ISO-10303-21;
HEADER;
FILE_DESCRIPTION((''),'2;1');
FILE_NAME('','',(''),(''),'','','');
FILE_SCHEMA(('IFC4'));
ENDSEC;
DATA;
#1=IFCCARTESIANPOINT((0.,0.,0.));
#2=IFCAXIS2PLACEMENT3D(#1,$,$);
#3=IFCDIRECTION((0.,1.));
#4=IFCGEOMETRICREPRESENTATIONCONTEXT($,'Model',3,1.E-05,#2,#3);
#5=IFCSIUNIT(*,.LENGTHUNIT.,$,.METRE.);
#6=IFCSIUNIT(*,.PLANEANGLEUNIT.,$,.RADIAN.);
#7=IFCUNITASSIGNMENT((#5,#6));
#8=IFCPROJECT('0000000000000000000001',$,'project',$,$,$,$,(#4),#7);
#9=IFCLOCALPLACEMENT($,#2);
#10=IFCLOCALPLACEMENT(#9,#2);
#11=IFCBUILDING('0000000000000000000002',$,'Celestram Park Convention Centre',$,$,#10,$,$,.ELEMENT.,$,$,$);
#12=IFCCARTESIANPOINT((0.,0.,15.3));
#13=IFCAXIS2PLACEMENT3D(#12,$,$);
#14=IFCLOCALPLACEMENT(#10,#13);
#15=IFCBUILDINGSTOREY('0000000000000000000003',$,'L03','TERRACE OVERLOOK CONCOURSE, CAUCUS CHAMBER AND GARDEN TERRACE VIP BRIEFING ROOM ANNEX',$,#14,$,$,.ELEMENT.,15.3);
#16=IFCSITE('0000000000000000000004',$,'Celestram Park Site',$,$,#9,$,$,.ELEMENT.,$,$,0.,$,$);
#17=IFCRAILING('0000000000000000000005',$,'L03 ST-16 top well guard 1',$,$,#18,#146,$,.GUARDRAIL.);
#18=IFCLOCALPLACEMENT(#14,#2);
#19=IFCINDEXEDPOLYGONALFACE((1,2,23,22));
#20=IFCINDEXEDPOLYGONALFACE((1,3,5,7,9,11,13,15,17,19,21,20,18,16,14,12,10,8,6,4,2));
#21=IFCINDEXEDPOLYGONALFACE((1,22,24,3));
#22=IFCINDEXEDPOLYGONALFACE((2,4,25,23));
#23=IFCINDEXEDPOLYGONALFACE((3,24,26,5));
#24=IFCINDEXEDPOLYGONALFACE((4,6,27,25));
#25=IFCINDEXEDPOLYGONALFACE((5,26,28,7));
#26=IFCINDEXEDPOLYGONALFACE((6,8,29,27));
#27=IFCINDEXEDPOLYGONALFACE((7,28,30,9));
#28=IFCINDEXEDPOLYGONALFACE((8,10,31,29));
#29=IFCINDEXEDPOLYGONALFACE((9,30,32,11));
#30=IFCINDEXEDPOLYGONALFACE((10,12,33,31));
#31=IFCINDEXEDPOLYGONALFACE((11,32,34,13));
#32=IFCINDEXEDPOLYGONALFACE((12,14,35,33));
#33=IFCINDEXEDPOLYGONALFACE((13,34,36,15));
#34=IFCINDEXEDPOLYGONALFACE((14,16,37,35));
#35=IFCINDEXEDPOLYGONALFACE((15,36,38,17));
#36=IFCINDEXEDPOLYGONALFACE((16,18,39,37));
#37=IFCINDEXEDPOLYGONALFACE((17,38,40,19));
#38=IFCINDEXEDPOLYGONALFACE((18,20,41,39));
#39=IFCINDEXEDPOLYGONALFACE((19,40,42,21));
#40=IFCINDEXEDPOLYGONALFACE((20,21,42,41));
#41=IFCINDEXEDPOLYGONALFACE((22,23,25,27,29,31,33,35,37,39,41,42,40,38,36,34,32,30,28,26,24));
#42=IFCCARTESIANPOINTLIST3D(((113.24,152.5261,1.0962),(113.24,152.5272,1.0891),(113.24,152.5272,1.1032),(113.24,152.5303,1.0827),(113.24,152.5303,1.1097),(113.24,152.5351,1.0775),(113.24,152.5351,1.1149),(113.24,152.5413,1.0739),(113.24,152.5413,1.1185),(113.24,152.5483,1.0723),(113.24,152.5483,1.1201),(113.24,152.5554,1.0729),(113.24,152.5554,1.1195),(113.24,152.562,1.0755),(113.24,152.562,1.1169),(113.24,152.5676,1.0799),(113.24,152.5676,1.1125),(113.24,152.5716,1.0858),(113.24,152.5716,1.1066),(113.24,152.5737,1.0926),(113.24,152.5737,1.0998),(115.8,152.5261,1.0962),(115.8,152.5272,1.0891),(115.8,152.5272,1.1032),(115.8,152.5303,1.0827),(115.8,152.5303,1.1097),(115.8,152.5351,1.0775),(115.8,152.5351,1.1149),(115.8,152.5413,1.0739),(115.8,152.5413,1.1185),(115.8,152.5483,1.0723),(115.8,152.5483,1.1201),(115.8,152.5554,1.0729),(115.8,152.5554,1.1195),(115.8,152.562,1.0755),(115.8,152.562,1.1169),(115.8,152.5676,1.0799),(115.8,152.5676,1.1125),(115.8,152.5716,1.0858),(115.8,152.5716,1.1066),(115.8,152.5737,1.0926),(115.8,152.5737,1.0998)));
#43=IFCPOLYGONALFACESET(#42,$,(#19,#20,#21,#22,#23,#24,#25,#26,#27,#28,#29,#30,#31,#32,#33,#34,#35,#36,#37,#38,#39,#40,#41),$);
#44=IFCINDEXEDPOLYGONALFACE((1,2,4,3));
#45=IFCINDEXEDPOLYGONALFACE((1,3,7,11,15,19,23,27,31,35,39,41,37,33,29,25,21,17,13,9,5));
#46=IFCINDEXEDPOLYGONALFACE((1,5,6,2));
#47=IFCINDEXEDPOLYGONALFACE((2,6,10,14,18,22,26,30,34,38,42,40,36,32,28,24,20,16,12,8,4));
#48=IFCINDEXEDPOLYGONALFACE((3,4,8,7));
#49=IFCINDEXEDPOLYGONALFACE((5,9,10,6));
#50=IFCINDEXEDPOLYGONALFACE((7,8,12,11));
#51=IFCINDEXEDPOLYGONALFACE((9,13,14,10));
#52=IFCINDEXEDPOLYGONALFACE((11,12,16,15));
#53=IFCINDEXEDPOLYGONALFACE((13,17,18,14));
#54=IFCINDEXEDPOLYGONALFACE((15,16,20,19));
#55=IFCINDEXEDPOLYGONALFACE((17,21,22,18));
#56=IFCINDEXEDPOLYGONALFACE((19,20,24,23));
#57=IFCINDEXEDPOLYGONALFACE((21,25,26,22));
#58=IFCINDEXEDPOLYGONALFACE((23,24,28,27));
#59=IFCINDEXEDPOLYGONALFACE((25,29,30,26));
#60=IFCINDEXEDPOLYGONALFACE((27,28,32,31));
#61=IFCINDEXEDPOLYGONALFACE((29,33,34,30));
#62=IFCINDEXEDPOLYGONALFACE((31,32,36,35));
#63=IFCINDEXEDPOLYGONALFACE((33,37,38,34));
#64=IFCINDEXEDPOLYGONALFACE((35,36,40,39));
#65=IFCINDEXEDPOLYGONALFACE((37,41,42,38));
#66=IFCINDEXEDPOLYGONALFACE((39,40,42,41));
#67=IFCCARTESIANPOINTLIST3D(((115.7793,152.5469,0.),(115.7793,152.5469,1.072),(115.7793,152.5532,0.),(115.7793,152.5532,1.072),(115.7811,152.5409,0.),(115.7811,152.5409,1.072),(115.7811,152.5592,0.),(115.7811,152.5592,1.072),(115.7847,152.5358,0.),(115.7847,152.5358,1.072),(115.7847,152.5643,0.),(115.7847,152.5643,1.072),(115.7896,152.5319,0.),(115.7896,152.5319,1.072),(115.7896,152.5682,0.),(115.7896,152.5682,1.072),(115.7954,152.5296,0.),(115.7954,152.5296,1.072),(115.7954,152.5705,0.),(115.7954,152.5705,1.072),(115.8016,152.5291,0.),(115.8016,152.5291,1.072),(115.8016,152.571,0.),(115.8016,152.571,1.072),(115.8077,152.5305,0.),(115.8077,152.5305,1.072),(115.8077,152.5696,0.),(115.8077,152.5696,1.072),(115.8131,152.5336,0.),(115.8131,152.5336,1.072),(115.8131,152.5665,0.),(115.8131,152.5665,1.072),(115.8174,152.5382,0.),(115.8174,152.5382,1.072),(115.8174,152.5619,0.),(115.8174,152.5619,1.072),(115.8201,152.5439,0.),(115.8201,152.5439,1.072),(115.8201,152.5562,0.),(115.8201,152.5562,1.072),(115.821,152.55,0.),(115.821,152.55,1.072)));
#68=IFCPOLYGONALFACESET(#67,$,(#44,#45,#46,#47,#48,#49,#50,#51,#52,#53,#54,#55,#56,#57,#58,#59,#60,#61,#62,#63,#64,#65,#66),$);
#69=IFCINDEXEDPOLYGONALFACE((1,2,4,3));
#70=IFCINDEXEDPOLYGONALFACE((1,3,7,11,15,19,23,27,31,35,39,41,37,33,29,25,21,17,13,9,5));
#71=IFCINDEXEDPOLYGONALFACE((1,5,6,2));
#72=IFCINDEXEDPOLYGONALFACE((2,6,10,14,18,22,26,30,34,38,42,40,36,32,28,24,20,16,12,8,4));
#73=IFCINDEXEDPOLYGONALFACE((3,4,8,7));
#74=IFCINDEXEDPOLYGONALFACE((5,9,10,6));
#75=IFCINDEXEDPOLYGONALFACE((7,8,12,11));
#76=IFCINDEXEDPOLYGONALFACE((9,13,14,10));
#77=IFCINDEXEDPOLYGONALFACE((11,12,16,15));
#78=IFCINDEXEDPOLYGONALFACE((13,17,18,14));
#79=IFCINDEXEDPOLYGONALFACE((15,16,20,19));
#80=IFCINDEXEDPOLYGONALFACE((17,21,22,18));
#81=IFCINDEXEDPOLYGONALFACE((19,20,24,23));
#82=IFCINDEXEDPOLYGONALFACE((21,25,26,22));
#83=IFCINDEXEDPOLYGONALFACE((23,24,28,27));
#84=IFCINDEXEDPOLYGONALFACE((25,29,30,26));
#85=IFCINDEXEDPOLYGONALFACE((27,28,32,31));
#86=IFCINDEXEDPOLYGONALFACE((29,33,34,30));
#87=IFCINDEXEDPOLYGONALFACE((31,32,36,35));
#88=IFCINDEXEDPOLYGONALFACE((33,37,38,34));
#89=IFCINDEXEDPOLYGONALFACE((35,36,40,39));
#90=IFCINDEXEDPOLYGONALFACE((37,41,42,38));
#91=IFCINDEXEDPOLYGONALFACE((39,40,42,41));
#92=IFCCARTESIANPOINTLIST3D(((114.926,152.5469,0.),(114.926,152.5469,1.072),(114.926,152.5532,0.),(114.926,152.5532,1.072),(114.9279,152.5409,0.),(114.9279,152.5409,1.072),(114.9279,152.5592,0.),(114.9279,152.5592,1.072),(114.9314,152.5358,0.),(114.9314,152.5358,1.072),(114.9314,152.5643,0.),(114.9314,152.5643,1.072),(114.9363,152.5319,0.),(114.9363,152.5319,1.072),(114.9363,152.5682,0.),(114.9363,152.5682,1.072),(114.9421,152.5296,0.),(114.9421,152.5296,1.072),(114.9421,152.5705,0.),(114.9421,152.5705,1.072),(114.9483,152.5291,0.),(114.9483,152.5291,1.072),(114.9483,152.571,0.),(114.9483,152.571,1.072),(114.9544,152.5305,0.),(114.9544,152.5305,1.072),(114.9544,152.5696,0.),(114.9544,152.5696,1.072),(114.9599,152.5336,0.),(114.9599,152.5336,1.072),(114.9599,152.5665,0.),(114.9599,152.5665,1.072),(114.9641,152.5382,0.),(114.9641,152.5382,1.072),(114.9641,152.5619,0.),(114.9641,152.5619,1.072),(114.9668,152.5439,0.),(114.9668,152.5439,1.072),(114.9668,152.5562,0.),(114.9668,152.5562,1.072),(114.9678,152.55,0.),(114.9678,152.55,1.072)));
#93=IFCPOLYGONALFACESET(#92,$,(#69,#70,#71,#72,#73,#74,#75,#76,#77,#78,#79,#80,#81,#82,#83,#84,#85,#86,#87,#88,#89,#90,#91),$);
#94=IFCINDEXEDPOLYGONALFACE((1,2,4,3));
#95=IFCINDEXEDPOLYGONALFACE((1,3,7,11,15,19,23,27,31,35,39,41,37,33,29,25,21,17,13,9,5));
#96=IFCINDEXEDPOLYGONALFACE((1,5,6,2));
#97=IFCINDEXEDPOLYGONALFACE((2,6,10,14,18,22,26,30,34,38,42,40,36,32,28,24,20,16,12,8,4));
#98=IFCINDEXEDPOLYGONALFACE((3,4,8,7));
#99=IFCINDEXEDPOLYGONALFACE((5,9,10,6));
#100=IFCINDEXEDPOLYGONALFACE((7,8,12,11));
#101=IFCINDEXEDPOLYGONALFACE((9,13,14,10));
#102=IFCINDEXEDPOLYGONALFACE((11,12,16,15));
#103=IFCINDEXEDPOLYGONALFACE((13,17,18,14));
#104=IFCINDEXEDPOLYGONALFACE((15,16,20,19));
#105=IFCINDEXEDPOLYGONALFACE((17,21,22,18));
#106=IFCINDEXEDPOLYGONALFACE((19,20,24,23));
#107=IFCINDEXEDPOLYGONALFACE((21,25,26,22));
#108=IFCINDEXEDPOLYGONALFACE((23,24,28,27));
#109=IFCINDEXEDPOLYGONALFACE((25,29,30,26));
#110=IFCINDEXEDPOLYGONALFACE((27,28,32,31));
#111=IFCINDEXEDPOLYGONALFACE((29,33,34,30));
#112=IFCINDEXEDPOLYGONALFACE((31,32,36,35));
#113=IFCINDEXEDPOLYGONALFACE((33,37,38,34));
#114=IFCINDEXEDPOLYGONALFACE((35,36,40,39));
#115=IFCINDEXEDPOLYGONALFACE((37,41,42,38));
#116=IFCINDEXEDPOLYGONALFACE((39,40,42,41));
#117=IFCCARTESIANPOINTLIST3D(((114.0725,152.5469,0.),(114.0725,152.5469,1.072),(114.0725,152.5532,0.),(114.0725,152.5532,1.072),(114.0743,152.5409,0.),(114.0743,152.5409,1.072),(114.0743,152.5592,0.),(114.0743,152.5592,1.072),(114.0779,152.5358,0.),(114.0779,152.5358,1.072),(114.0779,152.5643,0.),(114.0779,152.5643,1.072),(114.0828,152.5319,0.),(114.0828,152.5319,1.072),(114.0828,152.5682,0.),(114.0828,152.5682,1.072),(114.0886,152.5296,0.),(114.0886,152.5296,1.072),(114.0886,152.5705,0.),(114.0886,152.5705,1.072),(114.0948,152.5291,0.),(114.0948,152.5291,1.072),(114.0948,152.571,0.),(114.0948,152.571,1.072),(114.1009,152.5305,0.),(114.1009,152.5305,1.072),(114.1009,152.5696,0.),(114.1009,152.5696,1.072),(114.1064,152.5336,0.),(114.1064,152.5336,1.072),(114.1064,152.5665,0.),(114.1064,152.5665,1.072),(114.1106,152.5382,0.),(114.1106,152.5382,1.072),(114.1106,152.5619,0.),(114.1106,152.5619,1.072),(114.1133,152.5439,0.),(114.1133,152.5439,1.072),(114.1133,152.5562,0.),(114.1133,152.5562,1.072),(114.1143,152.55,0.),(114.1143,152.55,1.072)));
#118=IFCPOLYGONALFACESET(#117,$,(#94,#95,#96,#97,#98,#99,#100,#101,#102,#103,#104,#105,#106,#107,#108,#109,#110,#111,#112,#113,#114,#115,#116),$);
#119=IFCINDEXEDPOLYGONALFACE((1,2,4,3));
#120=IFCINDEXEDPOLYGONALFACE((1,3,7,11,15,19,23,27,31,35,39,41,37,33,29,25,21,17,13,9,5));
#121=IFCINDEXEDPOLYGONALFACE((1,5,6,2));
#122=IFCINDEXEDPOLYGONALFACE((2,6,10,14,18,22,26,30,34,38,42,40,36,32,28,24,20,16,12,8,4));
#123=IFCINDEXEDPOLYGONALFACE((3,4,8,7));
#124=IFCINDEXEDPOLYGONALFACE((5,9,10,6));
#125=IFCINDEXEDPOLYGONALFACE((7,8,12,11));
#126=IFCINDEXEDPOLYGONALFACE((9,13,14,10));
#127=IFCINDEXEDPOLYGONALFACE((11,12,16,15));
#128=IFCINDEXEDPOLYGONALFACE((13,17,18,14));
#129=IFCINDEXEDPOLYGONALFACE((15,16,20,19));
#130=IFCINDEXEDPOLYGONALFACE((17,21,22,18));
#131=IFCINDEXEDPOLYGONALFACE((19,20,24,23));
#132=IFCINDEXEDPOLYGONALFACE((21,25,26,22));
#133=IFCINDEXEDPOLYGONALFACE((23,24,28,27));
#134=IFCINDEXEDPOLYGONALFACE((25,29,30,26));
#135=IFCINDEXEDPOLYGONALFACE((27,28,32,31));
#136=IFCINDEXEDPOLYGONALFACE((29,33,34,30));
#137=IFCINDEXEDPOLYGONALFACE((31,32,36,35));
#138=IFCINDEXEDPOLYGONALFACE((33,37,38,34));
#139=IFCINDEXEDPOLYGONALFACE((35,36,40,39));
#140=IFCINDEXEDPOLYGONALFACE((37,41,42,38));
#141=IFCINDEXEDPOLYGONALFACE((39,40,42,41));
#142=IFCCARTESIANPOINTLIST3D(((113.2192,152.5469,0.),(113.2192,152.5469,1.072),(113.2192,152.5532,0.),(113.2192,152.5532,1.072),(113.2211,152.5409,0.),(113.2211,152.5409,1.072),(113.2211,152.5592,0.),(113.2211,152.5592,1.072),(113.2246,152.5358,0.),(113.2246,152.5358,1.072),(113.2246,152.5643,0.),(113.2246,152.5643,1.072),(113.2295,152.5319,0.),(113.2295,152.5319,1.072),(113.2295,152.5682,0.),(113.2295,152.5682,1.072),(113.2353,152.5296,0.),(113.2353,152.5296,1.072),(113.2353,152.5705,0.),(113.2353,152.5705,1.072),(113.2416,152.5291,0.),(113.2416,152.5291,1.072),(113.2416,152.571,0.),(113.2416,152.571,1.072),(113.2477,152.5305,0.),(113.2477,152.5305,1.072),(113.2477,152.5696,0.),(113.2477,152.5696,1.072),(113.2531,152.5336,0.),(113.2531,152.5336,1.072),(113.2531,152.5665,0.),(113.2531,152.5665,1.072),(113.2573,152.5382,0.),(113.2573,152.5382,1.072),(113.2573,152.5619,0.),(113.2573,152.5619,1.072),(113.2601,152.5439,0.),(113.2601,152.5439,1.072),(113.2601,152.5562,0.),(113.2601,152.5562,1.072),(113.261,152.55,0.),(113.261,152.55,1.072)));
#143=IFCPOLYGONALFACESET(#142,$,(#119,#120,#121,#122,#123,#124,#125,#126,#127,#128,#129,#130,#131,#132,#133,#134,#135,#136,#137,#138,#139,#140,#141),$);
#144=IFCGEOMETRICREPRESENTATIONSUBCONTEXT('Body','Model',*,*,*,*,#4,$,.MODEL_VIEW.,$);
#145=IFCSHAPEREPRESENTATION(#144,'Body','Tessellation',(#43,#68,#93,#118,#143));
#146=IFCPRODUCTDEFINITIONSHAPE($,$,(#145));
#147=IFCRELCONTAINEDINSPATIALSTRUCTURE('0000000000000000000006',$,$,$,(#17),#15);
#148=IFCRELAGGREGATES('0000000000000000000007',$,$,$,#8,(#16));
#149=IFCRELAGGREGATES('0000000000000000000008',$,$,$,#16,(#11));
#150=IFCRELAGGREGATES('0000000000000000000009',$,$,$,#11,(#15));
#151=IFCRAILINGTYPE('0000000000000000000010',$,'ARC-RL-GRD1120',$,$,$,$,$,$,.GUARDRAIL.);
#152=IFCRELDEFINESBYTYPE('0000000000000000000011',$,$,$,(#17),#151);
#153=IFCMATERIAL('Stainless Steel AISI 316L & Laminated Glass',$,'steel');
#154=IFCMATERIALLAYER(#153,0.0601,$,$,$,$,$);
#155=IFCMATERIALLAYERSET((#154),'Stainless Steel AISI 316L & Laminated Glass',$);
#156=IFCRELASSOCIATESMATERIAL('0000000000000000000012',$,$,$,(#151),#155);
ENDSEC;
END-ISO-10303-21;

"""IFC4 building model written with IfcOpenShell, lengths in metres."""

from ifc_helpers import new_model, si_unit, direction, frame, origin, origin_2d, place, context, subcontext, project, spatial, circle, extrude, material, layer, layer_set, type_object, element, save


model = new_model("IFC4")

# Units and contexts
model_context = context("Model", 3, precision=1e-05, world=origin(), true_north=direction((0.0, 1.0)))
body_context = subcontext(model_context, "Body", "Model", "MODEL_VIEW")
ifc_project = project(units=[si_unit("LENGTHUNIT", "METRE"), si_unit("PLANEANGLEUNIT", "RADIAN")], contexts=[model_context])

# Site, building, storey
site_placement = place(None, origin())
site = spatial("IfcSite", under=ifc_project, at=site_placement, Name="Celestram Park Site", CompositionType="ELEMENT", RefElevation=0.0)
building_placement = place(site_placement, origin())
building = spatial("IfcBuilding", under=site, at=building_placement, Name="Celestram Park Convention Centre", CompositionType="ELEMENT")
storey_placement = place(building_placement, frame((0.0, 0.0, 15.3)))
storey = spatial("IfcBuildingStorey", under=building, at=storey_placement, Name="L03", Description="TERRACE OVERLOOK CONCOURSE, CAUCUS CHAMBER AND GARDEN TERRACE VIP BRIEFING ROOM ANNEX", CompositionType="ELEMENT", Elevation=15.3)

# Railing
ifc_material_1 = material(Name="Stainless Steel AISI 316L & Laminated Glass", Category="steel")
ifc_layer_1 = layer(ifc_material_1, 0.0601)
ifc_layer_set_1 = layer_set([ifc_layer_1], Name="Stainless Steel AISI 316L & Laminated Glass")
railing_type = type_object("IfcRailingType", Name="ARC-RL-GRD1120", PredefinedType="GUARDRAIL", material=ifc_layer_set_1)
railing_placement = place(storey_placement, frame((115.8, 152.55, 0.0)))
element("IfcRailing", 1, at=railing_placement, inside=storey, type_object=railing_type, Name="L03 ST-16 top well guard 1", PredefinedType="GUARDRAIL", context=body_context, shape_type="SweptSolid", body=[
    extrude(circle(Radius=0.0239, at=origin_2d()), frame((0.0, 0.0, 1.0962), z_axis=(-1.0, 0.0, 0.0), x_axis=(0.0, -1.0, 0.0)), (0.0, 0.0, 1.0), 2.5601),
    extrude(circle(Radius=0.021, at=origin_2d()), origin(), (0.0, 0.0, 1.0), 1.072),
    extrude(circle(Radius=0.021, at=origin_2d()), frame((-0.8533, 0.0, 0.0)), (0.0, 0.0, 1.0), 1.072),
    extrude(circle(Radius=0.021, at=origin_2d()), frame((-1.7068, 0.0, 0.0)), (0.0, 0.0, 1.0), 1.072),
    extrude(circle(Radius=0.021, at=origin_2d()), frame((-2.5601, 0.0, 0.0)), (0.0, 0.0, 1.0), 1.072),
])

save(model, "model.ifc")
